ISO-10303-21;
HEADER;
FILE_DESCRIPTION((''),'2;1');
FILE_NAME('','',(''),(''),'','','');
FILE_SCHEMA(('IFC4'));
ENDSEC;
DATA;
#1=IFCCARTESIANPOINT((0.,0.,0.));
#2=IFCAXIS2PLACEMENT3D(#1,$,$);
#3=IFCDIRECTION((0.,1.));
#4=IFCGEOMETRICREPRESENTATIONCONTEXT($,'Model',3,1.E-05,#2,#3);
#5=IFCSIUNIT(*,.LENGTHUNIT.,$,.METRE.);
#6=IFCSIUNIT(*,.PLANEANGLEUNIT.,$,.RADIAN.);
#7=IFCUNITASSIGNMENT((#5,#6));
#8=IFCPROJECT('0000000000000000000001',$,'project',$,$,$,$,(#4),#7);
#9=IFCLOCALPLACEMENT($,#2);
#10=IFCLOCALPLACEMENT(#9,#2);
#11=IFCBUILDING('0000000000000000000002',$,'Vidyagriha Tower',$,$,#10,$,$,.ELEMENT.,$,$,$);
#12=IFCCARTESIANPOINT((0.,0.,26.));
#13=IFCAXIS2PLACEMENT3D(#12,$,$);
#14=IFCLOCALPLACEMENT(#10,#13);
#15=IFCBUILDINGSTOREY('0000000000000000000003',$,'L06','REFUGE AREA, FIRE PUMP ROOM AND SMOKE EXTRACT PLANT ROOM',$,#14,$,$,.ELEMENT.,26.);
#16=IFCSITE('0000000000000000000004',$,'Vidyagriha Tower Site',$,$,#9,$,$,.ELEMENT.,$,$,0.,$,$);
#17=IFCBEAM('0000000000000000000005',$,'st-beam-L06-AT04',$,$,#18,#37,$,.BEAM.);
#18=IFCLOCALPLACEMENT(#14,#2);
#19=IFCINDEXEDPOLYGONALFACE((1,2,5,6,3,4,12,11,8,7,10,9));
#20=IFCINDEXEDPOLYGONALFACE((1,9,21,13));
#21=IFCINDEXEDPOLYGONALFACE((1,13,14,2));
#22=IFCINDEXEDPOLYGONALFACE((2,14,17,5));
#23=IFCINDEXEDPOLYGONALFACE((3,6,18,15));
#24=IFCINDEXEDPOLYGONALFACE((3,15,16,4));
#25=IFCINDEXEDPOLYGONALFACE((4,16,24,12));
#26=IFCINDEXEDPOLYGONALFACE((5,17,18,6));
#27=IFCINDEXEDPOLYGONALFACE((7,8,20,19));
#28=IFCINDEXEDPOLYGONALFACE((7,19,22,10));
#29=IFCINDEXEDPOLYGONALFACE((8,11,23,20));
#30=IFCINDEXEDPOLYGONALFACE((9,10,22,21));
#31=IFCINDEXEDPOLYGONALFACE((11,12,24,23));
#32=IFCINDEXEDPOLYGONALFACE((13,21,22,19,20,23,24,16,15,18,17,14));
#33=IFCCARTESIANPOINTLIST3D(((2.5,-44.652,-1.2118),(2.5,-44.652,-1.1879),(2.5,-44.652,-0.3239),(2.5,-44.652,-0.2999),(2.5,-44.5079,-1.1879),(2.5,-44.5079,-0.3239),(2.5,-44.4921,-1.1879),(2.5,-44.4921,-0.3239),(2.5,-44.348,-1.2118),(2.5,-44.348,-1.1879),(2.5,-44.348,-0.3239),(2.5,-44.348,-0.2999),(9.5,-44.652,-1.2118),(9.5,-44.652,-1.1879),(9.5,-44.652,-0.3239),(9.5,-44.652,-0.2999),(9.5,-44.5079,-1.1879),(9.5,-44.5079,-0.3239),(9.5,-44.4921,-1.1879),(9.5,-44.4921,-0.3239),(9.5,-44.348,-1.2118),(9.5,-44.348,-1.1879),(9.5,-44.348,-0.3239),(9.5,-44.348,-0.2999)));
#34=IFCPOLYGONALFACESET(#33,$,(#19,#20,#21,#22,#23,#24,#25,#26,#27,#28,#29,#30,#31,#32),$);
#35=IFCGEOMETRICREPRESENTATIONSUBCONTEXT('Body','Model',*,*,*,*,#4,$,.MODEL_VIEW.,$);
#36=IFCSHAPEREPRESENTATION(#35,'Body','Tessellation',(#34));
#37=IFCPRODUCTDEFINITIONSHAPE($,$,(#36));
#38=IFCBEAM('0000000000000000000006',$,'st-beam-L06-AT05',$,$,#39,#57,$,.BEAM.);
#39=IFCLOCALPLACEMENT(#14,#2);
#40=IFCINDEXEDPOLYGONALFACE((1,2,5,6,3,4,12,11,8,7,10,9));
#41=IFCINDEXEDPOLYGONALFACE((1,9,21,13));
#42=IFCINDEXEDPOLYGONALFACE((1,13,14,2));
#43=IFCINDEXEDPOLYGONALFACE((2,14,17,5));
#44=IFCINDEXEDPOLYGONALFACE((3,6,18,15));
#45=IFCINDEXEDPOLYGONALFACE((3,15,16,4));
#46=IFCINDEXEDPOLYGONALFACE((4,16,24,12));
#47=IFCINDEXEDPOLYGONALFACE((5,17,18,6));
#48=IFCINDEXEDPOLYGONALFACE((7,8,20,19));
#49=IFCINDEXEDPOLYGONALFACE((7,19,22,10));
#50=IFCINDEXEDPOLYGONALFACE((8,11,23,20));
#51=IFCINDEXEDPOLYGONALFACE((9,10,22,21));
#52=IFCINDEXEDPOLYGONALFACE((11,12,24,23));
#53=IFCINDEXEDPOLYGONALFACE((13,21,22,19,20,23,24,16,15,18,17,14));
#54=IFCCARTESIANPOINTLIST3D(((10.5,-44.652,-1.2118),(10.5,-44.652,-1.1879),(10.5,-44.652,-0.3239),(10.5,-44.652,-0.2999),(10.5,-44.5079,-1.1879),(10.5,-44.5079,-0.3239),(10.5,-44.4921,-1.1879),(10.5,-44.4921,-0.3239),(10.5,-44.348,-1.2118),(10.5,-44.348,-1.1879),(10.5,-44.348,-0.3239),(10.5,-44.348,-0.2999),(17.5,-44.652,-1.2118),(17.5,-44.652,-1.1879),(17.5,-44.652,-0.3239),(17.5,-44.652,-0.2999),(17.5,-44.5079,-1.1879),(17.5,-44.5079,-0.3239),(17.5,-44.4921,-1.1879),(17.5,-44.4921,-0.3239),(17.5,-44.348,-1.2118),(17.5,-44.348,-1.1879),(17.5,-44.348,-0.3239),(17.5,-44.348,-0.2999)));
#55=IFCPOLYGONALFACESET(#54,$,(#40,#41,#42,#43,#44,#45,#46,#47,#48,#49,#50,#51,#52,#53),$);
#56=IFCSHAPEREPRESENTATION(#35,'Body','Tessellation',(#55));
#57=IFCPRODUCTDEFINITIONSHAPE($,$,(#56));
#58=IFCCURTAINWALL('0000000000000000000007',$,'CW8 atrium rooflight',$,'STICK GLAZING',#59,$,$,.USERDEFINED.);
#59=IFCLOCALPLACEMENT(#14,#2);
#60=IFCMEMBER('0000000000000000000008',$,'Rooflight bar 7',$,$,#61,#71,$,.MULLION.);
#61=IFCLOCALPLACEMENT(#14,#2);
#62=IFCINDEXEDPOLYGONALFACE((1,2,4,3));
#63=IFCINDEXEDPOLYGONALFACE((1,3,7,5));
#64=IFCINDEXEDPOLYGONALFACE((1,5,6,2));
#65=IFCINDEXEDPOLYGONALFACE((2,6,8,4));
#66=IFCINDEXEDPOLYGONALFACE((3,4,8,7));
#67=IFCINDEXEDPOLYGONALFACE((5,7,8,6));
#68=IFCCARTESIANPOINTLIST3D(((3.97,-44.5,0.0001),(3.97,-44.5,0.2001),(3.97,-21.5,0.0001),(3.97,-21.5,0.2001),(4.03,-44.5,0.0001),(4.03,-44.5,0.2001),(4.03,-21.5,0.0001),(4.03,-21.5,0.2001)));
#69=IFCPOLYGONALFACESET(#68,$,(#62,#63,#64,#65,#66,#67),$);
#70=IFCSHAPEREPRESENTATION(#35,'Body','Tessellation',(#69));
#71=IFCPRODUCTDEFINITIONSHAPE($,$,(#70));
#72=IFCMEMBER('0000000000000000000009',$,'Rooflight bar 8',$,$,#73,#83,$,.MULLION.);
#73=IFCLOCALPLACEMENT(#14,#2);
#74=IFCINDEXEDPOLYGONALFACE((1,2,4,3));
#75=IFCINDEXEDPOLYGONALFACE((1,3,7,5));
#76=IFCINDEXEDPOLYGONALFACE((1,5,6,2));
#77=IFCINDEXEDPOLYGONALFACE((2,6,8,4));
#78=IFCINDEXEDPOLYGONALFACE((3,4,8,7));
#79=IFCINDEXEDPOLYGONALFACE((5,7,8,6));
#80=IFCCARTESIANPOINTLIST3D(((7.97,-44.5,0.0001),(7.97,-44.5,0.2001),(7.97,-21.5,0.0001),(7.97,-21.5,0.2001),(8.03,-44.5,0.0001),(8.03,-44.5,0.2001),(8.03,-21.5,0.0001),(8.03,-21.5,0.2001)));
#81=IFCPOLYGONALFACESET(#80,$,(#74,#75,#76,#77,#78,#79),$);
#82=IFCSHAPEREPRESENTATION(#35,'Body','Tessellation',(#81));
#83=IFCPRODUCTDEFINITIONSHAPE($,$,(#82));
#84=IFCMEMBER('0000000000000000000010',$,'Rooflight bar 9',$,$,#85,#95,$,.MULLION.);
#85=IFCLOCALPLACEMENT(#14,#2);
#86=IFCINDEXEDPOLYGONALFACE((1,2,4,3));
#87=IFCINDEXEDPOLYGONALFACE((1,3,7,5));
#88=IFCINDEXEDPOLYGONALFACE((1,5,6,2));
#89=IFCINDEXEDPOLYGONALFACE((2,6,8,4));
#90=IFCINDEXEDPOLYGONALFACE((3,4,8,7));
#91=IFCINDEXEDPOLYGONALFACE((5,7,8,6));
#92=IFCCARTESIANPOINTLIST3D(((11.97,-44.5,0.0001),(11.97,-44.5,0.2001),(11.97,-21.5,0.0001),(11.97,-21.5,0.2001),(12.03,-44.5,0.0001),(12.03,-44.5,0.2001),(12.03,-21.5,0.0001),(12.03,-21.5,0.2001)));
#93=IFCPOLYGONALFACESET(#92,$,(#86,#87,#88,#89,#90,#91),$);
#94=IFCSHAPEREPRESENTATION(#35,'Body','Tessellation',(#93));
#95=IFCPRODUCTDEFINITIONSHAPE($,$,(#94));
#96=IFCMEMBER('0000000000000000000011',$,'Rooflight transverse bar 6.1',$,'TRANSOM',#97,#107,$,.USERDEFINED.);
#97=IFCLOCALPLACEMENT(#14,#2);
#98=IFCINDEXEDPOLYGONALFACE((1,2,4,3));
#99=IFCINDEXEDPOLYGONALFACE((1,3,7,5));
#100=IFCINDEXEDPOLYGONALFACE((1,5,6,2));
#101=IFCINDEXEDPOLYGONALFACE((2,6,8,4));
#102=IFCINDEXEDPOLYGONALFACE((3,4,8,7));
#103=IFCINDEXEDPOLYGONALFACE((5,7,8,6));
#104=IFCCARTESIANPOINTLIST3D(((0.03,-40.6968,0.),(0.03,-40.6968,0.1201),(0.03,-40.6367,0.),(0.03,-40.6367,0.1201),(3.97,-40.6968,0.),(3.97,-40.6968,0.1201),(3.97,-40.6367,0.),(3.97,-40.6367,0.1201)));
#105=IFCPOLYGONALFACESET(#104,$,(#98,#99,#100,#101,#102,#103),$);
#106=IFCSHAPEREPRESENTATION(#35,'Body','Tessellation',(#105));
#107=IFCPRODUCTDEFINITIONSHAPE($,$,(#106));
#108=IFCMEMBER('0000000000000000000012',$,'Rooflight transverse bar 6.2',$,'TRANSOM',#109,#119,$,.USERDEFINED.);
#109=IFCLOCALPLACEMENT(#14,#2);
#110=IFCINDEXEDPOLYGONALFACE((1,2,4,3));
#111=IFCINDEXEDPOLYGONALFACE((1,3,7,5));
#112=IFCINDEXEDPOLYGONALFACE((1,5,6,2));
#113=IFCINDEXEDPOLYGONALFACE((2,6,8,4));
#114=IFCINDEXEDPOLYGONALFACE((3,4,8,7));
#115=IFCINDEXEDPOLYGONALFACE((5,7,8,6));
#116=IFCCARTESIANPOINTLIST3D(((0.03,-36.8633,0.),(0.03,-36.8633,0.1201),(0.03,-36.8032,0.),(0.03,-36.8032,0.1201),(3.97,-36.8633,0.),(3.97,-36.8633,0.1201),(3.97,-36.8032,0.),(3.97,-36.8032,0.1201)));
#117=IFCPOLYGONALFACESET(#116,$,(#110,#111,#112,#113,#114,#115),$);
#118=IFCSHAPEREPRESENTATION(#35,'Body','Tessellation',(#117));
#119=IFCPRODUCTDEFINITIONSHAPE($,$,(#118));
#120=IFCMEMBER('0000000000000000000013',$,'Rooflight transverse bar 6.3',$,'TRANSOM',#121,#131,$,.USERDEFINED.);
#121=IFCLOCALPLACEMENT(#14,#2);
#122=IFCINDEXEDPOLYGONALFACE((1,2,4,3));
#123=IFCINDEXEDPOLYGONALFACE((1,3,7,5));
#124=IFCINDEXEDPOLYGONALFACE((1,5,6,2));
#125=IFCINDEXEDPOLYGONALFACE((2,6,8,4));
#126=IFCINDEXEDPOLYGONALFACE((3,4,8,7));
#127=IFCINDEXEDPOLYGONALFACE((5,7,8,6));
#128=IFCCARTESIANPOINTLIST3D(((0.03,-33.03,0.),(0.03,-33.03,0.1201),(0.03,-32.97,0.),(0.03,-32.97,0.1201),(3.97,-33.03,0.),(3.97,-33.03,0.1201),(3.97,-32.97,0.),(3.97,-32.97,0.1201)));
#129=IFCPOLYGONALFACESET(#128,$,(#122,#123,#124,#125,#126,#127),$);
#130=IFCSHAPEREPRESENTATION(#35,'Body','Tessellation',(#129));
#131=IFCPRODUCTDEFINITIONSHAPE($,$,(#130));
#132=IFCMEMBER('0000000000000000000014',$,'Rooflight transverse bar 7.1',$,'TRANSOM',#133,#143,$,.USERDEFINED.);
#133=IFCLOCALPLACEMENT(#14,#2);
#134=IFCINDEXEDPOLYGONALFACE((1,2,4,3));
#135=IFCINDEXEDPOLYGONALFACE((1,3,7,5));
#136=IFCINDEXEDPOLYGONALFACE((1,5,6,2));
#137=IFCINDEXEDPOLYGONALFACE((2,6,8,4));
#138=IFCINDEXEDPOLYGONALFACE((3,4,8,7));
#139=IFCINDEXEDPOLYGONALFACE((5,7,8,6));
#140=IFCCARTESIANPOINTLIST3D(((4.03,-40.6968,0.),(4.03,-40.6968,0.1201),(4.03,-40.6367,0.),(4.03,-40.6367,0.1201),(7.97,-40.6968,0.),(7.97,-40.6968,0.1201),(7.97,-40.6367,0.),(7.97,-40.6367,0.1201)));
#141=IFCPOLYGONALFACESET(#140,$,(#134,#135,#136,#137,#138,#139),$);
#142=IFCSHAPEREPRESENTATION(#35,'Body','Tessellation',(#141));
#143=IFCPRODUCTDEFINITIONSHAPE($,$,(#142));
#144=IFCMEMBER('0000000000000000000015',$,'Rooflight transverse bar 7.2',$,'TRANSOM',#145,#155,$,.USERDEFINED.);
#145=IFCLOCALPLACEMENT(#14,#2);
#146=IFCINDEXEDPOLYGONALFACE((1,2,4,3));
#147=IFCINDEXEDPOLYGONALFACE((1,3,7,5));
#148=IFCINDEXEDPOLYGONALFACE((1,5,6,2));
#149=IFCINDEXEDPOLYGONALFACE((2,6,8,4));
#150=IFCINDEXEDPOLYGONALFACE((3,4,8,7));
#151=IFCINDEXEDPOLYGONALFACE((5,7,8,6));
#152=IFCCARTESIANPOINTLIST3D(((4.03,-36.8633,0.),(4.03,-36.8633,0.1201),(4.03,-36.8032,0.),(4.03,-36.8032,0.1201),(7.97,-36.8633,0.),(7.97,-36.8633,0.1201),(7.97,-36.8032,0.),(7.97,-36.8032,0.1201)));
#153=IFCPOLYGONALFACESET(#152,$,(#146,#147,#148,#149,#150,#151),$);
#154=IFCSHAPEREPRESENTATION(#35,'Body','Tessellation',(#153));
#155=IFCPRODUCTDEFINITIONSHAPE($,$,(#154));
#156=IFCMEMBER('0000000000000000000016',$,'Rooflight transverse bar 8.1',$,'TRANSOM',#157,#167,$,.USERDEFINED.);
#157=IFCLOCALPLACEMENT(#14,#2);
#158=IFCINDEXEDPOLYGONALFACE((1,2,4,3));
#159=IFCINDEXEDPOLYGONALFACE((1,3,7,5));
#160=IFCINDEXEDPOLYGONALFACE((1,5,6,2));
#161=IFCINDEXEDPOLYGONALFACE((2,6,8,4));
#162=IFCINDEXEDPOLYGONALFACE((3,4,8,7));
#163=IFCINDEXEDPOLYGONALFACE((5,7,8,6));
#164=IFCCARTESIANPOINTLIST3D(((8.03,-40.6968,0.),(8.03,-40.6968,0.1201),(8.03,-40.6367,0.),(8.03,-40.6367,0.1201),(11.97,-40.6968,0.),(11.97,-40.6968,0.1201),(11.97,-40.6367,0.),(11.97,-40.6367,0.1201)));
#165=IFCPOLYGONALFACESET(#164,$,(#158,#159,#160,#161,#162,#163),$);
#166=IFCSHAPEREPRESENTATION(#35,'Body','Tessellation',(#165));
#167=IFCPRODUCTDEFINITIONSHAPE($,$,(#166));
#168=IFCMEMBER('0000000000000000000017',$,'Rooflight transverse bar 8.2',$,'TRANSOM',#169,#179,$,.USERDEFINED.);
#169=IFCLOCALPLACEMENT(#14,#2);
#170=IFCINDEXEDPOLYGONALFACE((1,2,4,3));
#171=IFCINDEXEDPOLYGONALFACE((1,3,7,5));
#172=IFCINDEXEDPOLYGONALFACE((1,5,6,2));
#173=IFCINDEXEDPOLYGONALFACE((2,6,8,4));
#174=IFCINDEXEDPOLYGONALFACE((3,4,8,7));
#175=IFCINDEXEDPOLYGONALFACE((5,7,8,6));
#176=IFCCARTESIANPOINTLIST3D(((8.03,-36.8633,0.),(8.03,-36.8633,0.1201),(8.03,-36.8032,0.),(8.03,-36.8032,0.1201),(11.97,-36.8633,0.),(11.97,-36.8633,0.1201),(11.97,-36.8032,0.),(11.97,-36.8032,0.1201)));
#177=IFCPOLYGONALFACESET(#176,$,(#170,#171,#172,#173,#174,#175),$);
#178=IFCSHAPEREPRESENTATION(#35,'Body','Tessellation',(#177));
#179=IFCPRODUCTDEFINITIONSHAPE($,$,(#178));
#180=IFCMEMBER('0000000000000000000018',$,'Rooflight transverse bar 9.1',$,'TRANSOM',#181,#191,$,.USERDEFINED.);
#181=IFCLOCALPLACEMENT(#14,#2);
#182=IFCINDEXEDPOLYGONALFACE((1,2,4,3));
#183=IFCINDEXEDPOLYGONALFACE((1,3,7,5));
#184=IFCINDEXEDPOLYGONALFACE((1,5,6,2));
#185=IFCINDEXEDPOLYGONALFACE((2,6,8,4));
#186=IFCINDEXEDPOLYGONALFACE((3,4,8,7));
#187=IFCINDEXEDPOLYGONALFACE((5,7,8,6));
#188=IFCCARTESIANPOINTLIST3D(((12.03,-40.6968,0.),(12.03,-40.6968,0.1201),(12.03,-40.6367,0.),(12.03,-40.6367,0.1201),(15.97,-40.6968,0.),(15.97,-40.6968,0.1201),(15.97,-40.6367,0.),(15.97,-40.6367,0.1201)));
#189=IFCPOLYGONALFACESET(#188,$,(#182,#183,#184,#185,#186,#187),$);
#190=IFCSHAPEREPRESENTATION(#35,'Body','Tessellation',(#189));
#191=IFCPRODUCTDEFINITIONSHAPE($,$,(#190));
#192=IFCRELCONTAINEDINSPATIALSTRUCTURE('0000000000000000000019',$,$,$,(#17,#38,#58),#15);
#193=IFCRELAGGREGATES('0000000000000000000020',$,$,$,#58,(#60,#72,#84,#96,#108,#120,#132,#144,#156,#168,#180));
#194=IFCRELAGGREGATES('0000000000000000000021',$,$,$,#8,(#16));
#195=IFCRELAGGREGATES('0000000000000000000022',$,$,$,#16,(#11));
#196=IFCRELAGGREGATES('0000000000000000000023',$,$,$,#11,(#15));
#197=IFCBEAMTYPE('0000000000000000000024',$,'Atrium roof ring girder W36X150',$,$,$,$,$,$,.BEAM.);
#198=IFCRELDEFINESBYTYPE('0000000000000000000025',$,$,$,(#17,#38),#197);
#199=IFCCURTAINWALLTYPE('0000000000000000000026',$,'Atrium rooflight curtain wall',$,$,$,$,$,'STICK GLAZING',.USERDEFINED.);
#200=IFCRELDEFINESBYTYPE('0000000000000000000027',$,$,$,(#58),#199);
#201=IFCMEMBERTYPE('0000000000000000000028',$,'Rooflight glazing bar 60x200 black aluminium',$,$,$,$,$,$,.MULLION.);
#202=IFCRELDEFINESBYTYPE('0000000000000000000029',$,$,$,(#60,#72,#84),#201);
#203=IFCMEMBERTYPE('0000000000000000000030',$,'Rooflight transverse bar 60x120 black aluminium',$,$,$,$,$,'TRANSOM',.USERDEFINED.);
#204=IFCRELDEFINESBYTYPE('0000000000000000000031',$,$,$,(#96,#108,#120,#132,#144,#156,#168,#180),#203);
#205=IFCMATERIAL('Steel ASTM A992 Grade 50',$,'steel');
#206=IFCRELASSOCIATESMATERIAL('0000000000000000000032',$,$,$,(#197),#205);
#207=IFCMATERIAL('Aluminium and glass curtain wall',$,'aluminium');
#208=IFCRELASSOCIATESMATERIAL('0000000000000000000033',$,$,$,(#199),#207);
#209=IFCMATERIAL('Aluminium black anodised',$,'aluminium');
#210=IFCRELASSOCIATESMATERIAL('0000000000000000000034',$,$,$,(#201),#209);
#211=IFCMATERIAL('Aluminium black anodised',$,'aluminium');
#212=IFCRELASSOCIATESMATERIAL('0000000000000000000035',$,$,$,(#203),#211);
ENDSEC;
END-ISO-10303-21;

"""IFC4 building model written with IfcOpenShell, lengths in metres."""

from ifc_helpers import new_model, si_unit, direction, frame, origin, origin_2d, place, context, subcontext, project, spatial, rectangle, i_section, extrude, material, material_profile, profile_set, type_object, element, aggregate, save


model = new_model("IFC4")

# Units and contexts
model_context = context("Model", 3, precision=1e-05, world=origin(), true_north=direction((0.0, 1.0)))
body_context = subcontext(model_context, "Body", "Model", "MODEL_VIEW")
ifc_project = project(units=[si_unit("LENGTHUNIT", "METRE"), si_unit("PLANEANGLEUNIT", "RADIAN")], contexts=[model_context])

# Site, building, storey
site_placement = place(None, origin())
site = spatial("IfcSite", under=ifc_project, at=site_placement, Name="Vidyagriha Tower Site", CompositionType="ELEMENT", RefElevation=0.0)
building_placement = place(site_placement, origin())
building = spatial("IfcBuilding", under=site, at=building_placement, Name="Vidyagriha Tower", CompositionType="ELEMENT")
storey_placement = place(building_placement, frame((0.0, 0.0, 26.0)))
storey = spatial("IfcBuildingStorey", under=building, at=storey_placement, Name="L06", Description="REFUGE AREA, FIRE PUMP ROOM AND SMOKE EXTRACT PLANT ROOM", CompositionType="ELEMENT", Elevation=26.0)

# Beams
ifc_material_1 = material(Name="Steel ASTM A992 Grade 50", Category="steel")
ifc_material_profile_1 = material_profile(ifc_material_1, i_section(OverallWidth=0.304, OverallDepth=0.9119, WebThickness=0.0159, FlangeThickness=0.0239, at=origin_2d()), Name="W36X150")
ifc_profile_set_1 = profile_set([ifc_material_profile_1], Name="Steel ASTM A992 Grade 50")
beam_type = type_object("IfcBeamType", Name="Atrium roof ring girder W36X150", PredefinedType="BEAM", material=ifc_profile_set_1)
for number, where, z_axis, x_axis, name in (
    (1, (2.5, -44.5, -0.7559), (1.0, 0.0, 0.0), (0.0, 1.0, 0.0), "st-beam-L06-AT04"),
    (2, (10.5, -44.5, -0.7559), (1.0, 0.0, 0.0), (0.0, 1.0, 0.0), "st-beam-L06-AT05"),
):
    element("IfcBeam", number, at=place(storey_placement, frame(where, z_axis=z_axis, x_axis=x_axis)), inside=storey, type_object=beam_type, Name=name, PredefinedType="BEAM", context=body_context, shape_type="SweptSolid", body=[
        extrude(i_section(OverallWidth=0.304, OverallDepth=0.9119, WebThickness=0.0159, FlangeThickness=0.0239, at=origin_2d()), origin(), (0.0, 0.0, 1.0), 7.0),
    ])

# Curtain wall, members
ifc_material_2 = material(Name="Aluminium and glass curtain wall", Category="aluminium")
curtain_wall_type = type_object("IfcCurtainWallType", Name="Atrium rooflight curtain wall", ElementType="STICK GLAZING", PredefinedType="USERDEFINED", material=ifc_material_2)
curtain_wall_placement = place(storey_placement, origin())
curtain_wall = element("IfcCurtainWall", 3, at=curtain_wall_placement, inside=storey, type_object=curtain_wall_type, Name="CW8 atrium rooflight", ObjectType="STICK GLAZING", PredefinedType="USERDEFINED")
ifc_material_3 = material(Name="Aluminium black anodised", Category="aluminium")
ifc_material_profile_2 = material_profile(ifc_material_3, rectangle(XDim=0.0601, YDim=0.2, at=origin_2d()), Name="Rooflight glazing bar 60x200 black aluminium")
ifc_profile_set_2 = profile_set([ifc_material_profile_2], Name="Aluminium black anodised")
member_type_1 = type_object("IfcMemberType", Name="Rooflight glazing bar 60x200 black aluminium", PredefinedType="MULLION", material=ifc_profile_set_2)
member_1_placement = place(storey_placement, frame((4.0, -44.5, 0.1001), z_axis=(0.0, 1.0, 0.0), x_axis=(-1.0, 0.0, 0.0)))
member_1 = element("IfcMember", 4, at=member_1_placement, type_object=member_type_1, Name="Rooflight bar 7", PredefinedType="MULLION", context=body_context, shape_type="SweptSolid", body=[
    extrude(rectangle(XDim=0.0601, YDim=0.2, at=origin_2d()), origin(), (0.0, 0.0, 1.0), 23.0),
])
member_2_placement = place(storey_placement, frame((8.0, -44.5, 0.1001), z_axis=(0.0, 1.0, 0.0), x_axis=(-1.0, 0.0, 0.0)))
member_2 = element("IfcMember", 5, at=member_2_placement, type_object=member_type_1, Name="Rooflight bar 8", PredefinedType="MULLION", context=body_context, shape_type="SweptSolid", body=[
    extrude(rectangle(XDim=0.0601, YDim=0.2, at=origin_2d()), origin(), (0.0, 0.0, 1.0), 23.0),
])
member_3_placement = place(storey_placement, frame((12.0, -44.5, 0.1001), z_axis=(0.0, 1.0, 0.0), x_axis=(-1.0, 0.0, 0.0)))
member_3 = element("IfcMember", 6, at=member_3_placement, type_object=member_type_1, Name="Rooflight bar 9", PredefinedType="MULLION", context=body_context, shape_type="SweptSolid", body=[
    extrude(rectangle(XDim=0.0601, YDim=0.2, at=origin_2d()), origin(), (0.0, 0.0, 1.0), 23.0),
])
ifc_material_4 = material(Name="Aluminium black anodised", Category="aluminium")
ifc_material_profile_3 = material_profile(ifc_material_4, rectangle(XDim=0.0601, YDim=0.1201, at=origin_2d()), Name="Rooflight transverse bar 60x120 black aluminium")
ifc_profile_set_3 = profile_set([ifc_material_profile_3], Name="Aluminium black anodised")
member_type_2 = type_object("IfcMemberType", Name="Rooflight transverse bar 60x120 black aluminium", ElementType="TRANSOM", PredefinedType="USERDEFINED", material=ifc_profile_set_3)
member_4_placement = place(storey_placement, frame((0.03, -40.6667, 0.0601), z_axis=(1.0, 0.0, 0.0), x_axis=(0.0, 1.0, 0.0)))
member_4 = element("IfcMember", 7, at=member_4_placement, type_object=member_type_2, Name="Rooflight transverse bar 6.1", ObjectType="TRANSOM", PredefinedType="USERDEFINED", context=body_context, shape_type="SweptSolid", body=[
    extrude(rectangle(XDim=0.0601, YDim=0.1201, at=origin_2d()), origin(), (0.0, 0.0, 1.0), 3.9399),
])
member_5_placement = place(storey_placement, frame((0.03, -36.8333, 0.0601), z_axis=(1.0, 0.0, 0.0), x_axis=(0.0, 1.0, 0.0)))
member_5 = element("IfcMember", 8, at=member_5_placement, type_object=member_type_2, Name="Rooflight transverse bar 6.2", ObjectType="TRANSOM", PredefinedType="USERDEFINED", context=body_context, shape_type="SweptSolid", body=[
    extrude(rectangle(XDim=0.0601, YDim=0.1201, at=origin_2d()), origin(), (0.0, 0.0, 1.0), 3.9399),
])
member_6_placement = place(storey_placement, frame((0.03, -33.0, 0.0601), z_axis=(1.0, 0.0, 0.0), x_axis=(0.0, 1.0, 0.0)))
member_6 = element("IfcMember", 9, at=member_6_placement, type_object=member_type_2, Name="Rooflight transverse bar 6.3", ObjectType="TRANSOM", PredefinedType="USERDEFINED", context=body_context, shape_type="SweptSolid", body=[
    extrude(rectangle(XDim=0.0601, YDim=0.1201, at=origin_2d()), origin(), (0.0, 0.0, 1.0), 3.9399),
])
member_7_placement = place(storey_placement, frame((4.03, -40.6667, 0.0601), z_axis=(1.0, 0.0, 0.0), x_axis=(0.0, 1.0, 0.0)))
member_7 = element("IfcMember", 10, at=member_7_placement, type_object=member_type_2, Name="Rooflight transverse bar 7.1", ObjectType="TRANSOM", PredefinedType="USERDEFINED", context=body_context, shape_type="SweptSolid", body=[
    extrude(rectangle(XDim=0.0601, YDim=0.1201, at=origin_2d()), origin(), (0.0, 0.0, 1.0), 3.9399),
])
member_8_placement = place(storey_placement, frame((4.03, -36.8333, 0.0601), z_axis=(1.0, 0.0, 0.0), x_axis=(0.0, 1.0, 0.0)))
member_8 = element("IfcMember", 11, at=member_8_placement, type_object=member_type_2, Name="Rooflight transverse bar 7.2", ObjectType="TRANSOM", PredefinedType="USERDEFINED", context=body_context, shape_type="SweptSolid", body=[
    extrude(rectangle(XDim=0.0601, YDim=0.1201, at=origin_2d()), origin(), (0.0, 0.0, 1.0), 3.9399),
])
member_9_placement = place(storey_placement, frame((8.03, -40.6667, 0.0601), z_axis=(1.0, 0.0, 0.0), x_axis=(0.0, 1.0, 0.0)))
member_9 = element("IfcMember", 12, at=member_9_placement, type_object=member_type_2, Name="Rooflight transverse bar 8.1", ObjectType="TRANSOM", PredefinedType="USERDEFINED", context=body_context, shape_type="SweptSolid", body=[
    extrude(rectangle(XDim=0.0601, YDim=0.1201, at=origin_2d()), origin(), (0.0, 0.0, 1.0), 3.9399),
])
member_10_placement = place(storey_placement, frame((8.03, -36.8333, 0.0601), z_axis=(1.0, 0.0, 0.0), x_axis=(0.0, 1.0, 0.0)))
member_10 = element("IfcMember", 13, at=member_10_placement, type_object=member_type_2, Name="Rooflight transverse bar 8.2", ObjectType="TRANSOM", PredefinedType="USERDEFINED", context=body_context, shape_type="SweptSolid", body=[
    extrude(rectangle(XDim=0.0601, YDim=0.1201, at=origin_2d()), origin(), (0.0, 0.0, 1.0), 3.9399),
])
member_11_placement = place(storey_placement, frame((12.03, -40.6667, 0.0601), z_axis=(1.0, 0.0, 0.0), x_axis=(0.0, 1.0, 0.0)))
member_11 = element("IfcMember", 14, at=member_11_placement, type_object=member_type_2, Name="Rooflight transverse bar 9.1", ObjectType="TRANSOM", PredefinedType="USERDEFINED", context=body_context, shape_type="SweptSolid", body=[
    extrude(rectangle(XDim=0.0601, YDim=0.1201, at=origin_2d()), origin(), (0.0, 0.0, 1.0), 3.9399),
])
aggregate(curtain_wall, [member_1, member_2, member_3, member_4, member_5, member_6, member_7, member_8, member_9, member_10, member_11])

save(model, "model.ifc")
